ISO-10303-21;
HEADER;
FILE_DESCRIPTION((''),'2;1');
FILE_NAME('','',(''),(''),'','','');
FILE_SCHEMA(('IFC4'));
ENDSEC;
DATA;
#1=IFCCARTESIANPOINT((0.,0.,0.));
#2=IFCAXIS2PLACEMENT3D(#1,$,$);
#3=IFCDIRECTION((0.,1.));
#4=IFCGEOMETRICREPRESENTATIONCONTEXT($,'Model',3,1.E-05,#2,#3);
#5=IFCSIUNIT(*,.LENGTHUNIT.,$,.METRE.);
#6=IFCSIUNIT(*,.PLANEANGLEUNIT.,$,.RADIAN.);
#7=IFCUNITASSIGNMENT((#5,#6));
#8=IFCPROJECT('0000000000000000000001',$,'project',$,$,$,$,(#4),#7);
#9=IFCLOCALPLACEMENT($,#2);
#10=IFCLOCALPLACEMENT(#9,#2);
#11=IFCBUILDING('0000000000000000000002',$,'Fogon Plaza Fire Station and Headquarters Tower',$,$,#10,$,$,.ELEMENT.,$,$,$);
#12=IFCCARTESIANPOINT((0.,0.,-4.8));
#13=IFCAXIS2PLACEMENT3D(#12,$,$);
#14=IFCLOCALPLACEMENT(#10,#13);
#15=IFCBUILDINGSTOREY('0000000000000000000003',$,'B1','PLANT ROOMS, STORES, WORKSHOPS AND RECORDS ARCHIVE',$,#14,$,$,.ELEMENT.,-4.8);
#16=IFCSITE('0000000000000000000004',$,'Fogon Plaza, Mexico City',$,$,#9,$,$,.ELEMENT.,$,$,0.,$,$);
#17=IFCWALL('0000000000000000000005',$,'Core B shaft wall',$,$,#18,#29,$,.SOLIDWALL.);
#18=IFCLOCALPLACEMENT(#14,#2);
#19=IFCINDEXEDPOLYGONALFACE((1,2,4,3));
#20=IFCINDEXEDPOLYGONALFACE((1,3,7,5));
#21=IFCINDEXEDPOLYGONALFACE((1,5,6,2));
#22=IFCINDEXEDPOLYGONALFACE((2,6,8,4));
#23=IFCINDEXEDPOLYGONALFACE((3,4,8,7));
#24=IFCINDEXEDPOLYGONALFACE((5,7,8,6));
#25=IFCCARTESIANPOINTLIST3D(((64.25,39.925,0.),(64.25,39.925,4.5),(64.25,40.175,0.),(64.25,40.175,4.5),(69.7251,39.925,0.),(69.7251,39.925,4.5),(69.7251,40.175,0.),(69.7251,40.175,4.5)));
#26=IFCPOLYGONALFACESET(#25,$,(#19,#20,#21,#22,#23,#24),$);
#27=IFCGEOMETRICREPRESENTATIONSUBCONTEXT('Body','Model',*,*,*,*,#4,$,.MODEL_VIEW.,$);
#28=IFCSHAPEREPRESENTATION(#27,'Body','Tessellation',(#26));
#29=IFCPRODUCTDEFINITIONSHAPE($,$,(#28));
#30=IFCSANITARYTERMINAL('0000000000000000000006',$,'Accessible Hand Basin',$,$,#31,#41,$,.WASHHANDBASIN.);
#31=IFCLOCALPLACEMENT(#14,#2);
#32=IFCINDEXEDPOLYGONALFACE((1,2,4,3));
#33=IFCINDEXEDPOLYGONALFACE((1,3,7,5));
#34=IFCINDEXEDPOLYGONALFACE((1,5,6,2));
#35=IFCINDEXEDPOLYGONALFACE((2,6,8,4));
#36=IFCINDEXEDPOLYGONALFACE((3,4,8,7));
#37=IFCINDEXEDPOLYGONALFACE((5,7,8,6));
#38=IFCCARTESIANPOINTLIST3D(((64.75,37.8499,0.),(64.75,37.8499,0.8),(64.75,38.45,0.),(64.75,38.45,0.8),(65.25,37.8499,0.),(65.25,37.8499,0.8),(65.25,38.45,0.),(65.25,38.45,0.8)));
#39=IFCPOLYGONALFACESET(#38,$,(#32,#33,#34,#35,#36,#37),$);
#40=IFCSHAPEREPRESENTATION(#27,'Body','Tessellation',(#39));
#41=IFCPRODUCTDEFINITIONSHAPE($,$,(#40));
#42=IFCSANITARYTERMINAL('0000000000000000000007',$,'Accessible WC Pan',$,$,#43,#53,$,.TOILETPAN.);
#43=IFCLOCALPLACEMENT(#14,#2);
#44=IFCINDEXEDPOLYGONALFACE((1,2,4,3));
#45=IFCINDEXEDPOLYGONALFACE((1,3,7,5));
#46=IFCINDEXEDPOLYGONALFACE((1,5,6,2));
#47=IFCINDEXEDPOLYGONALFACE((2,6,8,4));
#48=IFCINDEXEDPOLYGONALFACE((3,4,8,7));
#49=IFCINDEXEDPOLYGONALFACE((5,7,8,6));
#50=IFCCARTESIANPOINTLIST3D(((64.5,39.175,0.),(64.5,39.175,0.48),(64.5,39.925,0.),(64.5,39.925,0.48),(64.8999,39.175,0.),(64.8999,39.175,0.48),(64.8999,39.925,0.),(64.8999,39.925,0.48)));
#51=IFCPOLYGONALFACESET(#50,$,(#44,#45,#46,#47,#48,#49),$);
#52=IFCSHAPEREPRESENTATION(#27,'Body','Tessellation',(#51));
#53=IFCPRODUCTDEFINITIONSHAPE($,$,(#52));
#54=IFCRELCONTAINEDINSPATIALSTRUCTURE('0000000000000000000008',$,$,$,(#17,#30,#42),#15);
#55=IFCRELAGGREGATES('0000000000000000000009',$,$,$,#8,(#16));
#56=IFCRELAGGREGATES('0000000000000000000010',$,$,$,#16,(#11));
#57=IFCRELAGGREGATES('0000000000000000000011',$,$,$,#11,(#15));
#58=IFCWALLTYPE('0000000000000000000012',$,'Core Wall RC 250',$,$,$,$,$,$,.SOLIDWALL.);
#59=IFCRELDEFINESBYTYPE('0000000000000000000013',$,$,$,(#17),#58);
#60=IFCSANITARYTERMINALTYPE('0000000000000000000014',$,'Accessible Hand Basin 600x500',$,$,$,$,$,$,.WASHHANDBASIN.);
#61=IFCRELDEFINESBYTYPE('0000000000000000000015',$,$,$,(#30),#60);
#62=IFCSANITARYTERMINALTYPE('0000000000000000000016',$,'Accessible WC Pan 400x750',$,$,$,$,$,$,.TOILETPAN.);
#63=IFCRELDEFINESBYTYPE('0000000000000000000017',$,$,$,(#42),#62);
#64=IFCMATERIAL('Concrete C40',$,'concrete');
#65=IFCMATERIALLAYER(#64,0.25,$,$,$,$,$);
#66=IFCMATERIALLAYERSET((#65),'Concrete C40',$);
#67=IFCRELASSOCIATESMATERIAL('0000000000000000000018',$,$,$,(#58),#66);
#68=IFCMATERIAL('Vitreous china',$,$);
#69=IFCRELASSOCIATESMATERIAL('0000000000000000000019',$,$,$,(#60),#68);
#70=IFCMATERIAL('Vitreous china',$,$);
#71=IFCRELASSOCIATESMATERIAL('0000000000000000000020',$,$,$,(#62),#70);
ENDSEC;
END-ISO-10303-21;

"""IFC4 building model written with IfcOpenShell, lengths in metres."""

from ifc_helpers import new_model, si_unit, direction, frame, frame_2d, origin, origin_2d, place, context, subcontext, project, spatial, rectangle, extrude, material, layer, layer_set, type_object, element, save


model = new_model("IFC4")

# Units and contexts
model_context = context("Model", 3, precision=1e-05, world=origin(), true_north=direction((0.0, 1.0)))
body_context = subcontext(model_context, "Body", "Model", "MODEL_VIEW")
ifc_project = project(units=[si_unit("LENGTHUNIT", "METRE"), si_unit("PLANEANGLEUNIT", "RADIAN")], contexts=[model_context])

# Site, building, storey
site_placement = place(None, origin())
site = spatial("IfcSite", under=ifc_project, at=site_placement, Name="Fogon Plaza, Mexico City", CompositionType="ELEMENT", RefElevation=0.0)
building_placement = place(site_placement, origin())
building = spatial("IfcBuilding", under=site, at=building_placement, Name="Fogon Plaza Fire Station and Headquarters Tower", CompositionType="ELEMENT")
storey_placement = place(building_placement, frame((0.0, 0.0, -4.8)))
storey = spatial("IfcBuildingStorey", under=building, at=storey_placement, Name="B1", Description="PLANT ROOMS, STORES, WORKSHOPS AND RECORDS ARCHIVE", CompositionType="ELEMENT", Elevation=-4.8)

# Shared definitions
ifc_material_1 = material(Name="Concrete C40", Category="concrete")
ifc_layer = layer(ifc_material_1, 0.25)
ifc_layer_set = layer_set([ifc_layer], Name="Concrete C40")
wall_type = type_object("IfcWallType", Name="Core Wall RC 250", PredefinedType="SOLIDWALL", material=ifc_layer_set)

# Wall
wall_1_placement = place(storey_placement, frame((69.7251, 40.05, 0.0), z_axis=(0.0, 0.0, 1.0), x_axis=(-1.0, 0.0, 0.0)))
element("IfcWall", 1, at=wall_1_placement, inside=storey, type_object=wall_type, Name="Core B shaft wall", PredefinedType="SOLIDWALL", context=body_context, shape_type="SweptSolid", body=[
    extrude(rectangle(XDim=5.4751, YDim=0.25, at=frame_2d((2.7375, 0.0))), origin(), (0.0, 0.0, 1.0), 4.5),
])

# Sanitary terminals
ifc_material_2 = material(Name="Vitreous china")
sanitary_terminal_type_1 = type_object("IfcSanitaryTerminalType", Name="Accessible Hand Basin 600x500", PredefinedType="WASHHANDBASIN", material=ifc_material_2)
sanitary_terminal_1_placement = place(storey_placement, frame((65.0, 38.1499, 0.0), z_axis=(0.0, 0.0, 1.0), x_axis=(1.0, 0.0, 0.0)))
element("IfcSanitaryTerminal", 2, at=sanitary_terminal_1_placement, inside=storey, type_object=sanitary_terminal_type_1, Name="Accessible Hand Basin", PredefinedType="WASHHANDBASIN", context=body_context, shape_type="SweptSolid", body=[
    extrude(rectangle(XDim=0.5, YDim=0.6001, at=origin_2d()), origin(), (0.0, 0.0, 1.0), 0.8),
])
ifc_material_3 = material(Name="Vitreous china")
sanitary_terminal_type_2 = type_object("IfcSanitaryTerminalType", Name="Accessible WC Pan 400x750", PredefinedType="TOILETPAN", material=ifc_material_3)
sanitary_terminal_2_placement = place(storey_placement, frame((64.7, 39.55, 0.0), z_axis=(0.0, 0.0, 1.0), x_axis=(1.0, 0.0, 0.0)))
element("IfcSanitaryTerminal", 3, at=sanitary_terminal_2_placement, inside=storey, type_object=sanitary_terminal_type_2, Name="Accessible WC Pan", PredefinedType="TOILETPAN", context=body_context, shape_type="SweptSolid", body=[
    extrude(rectangle(XDim=0.3999, YDim=0.75, at=origin_2d()), origin(), (0.0, 0.0, 1.0), 0.48),
])

save(model, "model.ifc")
